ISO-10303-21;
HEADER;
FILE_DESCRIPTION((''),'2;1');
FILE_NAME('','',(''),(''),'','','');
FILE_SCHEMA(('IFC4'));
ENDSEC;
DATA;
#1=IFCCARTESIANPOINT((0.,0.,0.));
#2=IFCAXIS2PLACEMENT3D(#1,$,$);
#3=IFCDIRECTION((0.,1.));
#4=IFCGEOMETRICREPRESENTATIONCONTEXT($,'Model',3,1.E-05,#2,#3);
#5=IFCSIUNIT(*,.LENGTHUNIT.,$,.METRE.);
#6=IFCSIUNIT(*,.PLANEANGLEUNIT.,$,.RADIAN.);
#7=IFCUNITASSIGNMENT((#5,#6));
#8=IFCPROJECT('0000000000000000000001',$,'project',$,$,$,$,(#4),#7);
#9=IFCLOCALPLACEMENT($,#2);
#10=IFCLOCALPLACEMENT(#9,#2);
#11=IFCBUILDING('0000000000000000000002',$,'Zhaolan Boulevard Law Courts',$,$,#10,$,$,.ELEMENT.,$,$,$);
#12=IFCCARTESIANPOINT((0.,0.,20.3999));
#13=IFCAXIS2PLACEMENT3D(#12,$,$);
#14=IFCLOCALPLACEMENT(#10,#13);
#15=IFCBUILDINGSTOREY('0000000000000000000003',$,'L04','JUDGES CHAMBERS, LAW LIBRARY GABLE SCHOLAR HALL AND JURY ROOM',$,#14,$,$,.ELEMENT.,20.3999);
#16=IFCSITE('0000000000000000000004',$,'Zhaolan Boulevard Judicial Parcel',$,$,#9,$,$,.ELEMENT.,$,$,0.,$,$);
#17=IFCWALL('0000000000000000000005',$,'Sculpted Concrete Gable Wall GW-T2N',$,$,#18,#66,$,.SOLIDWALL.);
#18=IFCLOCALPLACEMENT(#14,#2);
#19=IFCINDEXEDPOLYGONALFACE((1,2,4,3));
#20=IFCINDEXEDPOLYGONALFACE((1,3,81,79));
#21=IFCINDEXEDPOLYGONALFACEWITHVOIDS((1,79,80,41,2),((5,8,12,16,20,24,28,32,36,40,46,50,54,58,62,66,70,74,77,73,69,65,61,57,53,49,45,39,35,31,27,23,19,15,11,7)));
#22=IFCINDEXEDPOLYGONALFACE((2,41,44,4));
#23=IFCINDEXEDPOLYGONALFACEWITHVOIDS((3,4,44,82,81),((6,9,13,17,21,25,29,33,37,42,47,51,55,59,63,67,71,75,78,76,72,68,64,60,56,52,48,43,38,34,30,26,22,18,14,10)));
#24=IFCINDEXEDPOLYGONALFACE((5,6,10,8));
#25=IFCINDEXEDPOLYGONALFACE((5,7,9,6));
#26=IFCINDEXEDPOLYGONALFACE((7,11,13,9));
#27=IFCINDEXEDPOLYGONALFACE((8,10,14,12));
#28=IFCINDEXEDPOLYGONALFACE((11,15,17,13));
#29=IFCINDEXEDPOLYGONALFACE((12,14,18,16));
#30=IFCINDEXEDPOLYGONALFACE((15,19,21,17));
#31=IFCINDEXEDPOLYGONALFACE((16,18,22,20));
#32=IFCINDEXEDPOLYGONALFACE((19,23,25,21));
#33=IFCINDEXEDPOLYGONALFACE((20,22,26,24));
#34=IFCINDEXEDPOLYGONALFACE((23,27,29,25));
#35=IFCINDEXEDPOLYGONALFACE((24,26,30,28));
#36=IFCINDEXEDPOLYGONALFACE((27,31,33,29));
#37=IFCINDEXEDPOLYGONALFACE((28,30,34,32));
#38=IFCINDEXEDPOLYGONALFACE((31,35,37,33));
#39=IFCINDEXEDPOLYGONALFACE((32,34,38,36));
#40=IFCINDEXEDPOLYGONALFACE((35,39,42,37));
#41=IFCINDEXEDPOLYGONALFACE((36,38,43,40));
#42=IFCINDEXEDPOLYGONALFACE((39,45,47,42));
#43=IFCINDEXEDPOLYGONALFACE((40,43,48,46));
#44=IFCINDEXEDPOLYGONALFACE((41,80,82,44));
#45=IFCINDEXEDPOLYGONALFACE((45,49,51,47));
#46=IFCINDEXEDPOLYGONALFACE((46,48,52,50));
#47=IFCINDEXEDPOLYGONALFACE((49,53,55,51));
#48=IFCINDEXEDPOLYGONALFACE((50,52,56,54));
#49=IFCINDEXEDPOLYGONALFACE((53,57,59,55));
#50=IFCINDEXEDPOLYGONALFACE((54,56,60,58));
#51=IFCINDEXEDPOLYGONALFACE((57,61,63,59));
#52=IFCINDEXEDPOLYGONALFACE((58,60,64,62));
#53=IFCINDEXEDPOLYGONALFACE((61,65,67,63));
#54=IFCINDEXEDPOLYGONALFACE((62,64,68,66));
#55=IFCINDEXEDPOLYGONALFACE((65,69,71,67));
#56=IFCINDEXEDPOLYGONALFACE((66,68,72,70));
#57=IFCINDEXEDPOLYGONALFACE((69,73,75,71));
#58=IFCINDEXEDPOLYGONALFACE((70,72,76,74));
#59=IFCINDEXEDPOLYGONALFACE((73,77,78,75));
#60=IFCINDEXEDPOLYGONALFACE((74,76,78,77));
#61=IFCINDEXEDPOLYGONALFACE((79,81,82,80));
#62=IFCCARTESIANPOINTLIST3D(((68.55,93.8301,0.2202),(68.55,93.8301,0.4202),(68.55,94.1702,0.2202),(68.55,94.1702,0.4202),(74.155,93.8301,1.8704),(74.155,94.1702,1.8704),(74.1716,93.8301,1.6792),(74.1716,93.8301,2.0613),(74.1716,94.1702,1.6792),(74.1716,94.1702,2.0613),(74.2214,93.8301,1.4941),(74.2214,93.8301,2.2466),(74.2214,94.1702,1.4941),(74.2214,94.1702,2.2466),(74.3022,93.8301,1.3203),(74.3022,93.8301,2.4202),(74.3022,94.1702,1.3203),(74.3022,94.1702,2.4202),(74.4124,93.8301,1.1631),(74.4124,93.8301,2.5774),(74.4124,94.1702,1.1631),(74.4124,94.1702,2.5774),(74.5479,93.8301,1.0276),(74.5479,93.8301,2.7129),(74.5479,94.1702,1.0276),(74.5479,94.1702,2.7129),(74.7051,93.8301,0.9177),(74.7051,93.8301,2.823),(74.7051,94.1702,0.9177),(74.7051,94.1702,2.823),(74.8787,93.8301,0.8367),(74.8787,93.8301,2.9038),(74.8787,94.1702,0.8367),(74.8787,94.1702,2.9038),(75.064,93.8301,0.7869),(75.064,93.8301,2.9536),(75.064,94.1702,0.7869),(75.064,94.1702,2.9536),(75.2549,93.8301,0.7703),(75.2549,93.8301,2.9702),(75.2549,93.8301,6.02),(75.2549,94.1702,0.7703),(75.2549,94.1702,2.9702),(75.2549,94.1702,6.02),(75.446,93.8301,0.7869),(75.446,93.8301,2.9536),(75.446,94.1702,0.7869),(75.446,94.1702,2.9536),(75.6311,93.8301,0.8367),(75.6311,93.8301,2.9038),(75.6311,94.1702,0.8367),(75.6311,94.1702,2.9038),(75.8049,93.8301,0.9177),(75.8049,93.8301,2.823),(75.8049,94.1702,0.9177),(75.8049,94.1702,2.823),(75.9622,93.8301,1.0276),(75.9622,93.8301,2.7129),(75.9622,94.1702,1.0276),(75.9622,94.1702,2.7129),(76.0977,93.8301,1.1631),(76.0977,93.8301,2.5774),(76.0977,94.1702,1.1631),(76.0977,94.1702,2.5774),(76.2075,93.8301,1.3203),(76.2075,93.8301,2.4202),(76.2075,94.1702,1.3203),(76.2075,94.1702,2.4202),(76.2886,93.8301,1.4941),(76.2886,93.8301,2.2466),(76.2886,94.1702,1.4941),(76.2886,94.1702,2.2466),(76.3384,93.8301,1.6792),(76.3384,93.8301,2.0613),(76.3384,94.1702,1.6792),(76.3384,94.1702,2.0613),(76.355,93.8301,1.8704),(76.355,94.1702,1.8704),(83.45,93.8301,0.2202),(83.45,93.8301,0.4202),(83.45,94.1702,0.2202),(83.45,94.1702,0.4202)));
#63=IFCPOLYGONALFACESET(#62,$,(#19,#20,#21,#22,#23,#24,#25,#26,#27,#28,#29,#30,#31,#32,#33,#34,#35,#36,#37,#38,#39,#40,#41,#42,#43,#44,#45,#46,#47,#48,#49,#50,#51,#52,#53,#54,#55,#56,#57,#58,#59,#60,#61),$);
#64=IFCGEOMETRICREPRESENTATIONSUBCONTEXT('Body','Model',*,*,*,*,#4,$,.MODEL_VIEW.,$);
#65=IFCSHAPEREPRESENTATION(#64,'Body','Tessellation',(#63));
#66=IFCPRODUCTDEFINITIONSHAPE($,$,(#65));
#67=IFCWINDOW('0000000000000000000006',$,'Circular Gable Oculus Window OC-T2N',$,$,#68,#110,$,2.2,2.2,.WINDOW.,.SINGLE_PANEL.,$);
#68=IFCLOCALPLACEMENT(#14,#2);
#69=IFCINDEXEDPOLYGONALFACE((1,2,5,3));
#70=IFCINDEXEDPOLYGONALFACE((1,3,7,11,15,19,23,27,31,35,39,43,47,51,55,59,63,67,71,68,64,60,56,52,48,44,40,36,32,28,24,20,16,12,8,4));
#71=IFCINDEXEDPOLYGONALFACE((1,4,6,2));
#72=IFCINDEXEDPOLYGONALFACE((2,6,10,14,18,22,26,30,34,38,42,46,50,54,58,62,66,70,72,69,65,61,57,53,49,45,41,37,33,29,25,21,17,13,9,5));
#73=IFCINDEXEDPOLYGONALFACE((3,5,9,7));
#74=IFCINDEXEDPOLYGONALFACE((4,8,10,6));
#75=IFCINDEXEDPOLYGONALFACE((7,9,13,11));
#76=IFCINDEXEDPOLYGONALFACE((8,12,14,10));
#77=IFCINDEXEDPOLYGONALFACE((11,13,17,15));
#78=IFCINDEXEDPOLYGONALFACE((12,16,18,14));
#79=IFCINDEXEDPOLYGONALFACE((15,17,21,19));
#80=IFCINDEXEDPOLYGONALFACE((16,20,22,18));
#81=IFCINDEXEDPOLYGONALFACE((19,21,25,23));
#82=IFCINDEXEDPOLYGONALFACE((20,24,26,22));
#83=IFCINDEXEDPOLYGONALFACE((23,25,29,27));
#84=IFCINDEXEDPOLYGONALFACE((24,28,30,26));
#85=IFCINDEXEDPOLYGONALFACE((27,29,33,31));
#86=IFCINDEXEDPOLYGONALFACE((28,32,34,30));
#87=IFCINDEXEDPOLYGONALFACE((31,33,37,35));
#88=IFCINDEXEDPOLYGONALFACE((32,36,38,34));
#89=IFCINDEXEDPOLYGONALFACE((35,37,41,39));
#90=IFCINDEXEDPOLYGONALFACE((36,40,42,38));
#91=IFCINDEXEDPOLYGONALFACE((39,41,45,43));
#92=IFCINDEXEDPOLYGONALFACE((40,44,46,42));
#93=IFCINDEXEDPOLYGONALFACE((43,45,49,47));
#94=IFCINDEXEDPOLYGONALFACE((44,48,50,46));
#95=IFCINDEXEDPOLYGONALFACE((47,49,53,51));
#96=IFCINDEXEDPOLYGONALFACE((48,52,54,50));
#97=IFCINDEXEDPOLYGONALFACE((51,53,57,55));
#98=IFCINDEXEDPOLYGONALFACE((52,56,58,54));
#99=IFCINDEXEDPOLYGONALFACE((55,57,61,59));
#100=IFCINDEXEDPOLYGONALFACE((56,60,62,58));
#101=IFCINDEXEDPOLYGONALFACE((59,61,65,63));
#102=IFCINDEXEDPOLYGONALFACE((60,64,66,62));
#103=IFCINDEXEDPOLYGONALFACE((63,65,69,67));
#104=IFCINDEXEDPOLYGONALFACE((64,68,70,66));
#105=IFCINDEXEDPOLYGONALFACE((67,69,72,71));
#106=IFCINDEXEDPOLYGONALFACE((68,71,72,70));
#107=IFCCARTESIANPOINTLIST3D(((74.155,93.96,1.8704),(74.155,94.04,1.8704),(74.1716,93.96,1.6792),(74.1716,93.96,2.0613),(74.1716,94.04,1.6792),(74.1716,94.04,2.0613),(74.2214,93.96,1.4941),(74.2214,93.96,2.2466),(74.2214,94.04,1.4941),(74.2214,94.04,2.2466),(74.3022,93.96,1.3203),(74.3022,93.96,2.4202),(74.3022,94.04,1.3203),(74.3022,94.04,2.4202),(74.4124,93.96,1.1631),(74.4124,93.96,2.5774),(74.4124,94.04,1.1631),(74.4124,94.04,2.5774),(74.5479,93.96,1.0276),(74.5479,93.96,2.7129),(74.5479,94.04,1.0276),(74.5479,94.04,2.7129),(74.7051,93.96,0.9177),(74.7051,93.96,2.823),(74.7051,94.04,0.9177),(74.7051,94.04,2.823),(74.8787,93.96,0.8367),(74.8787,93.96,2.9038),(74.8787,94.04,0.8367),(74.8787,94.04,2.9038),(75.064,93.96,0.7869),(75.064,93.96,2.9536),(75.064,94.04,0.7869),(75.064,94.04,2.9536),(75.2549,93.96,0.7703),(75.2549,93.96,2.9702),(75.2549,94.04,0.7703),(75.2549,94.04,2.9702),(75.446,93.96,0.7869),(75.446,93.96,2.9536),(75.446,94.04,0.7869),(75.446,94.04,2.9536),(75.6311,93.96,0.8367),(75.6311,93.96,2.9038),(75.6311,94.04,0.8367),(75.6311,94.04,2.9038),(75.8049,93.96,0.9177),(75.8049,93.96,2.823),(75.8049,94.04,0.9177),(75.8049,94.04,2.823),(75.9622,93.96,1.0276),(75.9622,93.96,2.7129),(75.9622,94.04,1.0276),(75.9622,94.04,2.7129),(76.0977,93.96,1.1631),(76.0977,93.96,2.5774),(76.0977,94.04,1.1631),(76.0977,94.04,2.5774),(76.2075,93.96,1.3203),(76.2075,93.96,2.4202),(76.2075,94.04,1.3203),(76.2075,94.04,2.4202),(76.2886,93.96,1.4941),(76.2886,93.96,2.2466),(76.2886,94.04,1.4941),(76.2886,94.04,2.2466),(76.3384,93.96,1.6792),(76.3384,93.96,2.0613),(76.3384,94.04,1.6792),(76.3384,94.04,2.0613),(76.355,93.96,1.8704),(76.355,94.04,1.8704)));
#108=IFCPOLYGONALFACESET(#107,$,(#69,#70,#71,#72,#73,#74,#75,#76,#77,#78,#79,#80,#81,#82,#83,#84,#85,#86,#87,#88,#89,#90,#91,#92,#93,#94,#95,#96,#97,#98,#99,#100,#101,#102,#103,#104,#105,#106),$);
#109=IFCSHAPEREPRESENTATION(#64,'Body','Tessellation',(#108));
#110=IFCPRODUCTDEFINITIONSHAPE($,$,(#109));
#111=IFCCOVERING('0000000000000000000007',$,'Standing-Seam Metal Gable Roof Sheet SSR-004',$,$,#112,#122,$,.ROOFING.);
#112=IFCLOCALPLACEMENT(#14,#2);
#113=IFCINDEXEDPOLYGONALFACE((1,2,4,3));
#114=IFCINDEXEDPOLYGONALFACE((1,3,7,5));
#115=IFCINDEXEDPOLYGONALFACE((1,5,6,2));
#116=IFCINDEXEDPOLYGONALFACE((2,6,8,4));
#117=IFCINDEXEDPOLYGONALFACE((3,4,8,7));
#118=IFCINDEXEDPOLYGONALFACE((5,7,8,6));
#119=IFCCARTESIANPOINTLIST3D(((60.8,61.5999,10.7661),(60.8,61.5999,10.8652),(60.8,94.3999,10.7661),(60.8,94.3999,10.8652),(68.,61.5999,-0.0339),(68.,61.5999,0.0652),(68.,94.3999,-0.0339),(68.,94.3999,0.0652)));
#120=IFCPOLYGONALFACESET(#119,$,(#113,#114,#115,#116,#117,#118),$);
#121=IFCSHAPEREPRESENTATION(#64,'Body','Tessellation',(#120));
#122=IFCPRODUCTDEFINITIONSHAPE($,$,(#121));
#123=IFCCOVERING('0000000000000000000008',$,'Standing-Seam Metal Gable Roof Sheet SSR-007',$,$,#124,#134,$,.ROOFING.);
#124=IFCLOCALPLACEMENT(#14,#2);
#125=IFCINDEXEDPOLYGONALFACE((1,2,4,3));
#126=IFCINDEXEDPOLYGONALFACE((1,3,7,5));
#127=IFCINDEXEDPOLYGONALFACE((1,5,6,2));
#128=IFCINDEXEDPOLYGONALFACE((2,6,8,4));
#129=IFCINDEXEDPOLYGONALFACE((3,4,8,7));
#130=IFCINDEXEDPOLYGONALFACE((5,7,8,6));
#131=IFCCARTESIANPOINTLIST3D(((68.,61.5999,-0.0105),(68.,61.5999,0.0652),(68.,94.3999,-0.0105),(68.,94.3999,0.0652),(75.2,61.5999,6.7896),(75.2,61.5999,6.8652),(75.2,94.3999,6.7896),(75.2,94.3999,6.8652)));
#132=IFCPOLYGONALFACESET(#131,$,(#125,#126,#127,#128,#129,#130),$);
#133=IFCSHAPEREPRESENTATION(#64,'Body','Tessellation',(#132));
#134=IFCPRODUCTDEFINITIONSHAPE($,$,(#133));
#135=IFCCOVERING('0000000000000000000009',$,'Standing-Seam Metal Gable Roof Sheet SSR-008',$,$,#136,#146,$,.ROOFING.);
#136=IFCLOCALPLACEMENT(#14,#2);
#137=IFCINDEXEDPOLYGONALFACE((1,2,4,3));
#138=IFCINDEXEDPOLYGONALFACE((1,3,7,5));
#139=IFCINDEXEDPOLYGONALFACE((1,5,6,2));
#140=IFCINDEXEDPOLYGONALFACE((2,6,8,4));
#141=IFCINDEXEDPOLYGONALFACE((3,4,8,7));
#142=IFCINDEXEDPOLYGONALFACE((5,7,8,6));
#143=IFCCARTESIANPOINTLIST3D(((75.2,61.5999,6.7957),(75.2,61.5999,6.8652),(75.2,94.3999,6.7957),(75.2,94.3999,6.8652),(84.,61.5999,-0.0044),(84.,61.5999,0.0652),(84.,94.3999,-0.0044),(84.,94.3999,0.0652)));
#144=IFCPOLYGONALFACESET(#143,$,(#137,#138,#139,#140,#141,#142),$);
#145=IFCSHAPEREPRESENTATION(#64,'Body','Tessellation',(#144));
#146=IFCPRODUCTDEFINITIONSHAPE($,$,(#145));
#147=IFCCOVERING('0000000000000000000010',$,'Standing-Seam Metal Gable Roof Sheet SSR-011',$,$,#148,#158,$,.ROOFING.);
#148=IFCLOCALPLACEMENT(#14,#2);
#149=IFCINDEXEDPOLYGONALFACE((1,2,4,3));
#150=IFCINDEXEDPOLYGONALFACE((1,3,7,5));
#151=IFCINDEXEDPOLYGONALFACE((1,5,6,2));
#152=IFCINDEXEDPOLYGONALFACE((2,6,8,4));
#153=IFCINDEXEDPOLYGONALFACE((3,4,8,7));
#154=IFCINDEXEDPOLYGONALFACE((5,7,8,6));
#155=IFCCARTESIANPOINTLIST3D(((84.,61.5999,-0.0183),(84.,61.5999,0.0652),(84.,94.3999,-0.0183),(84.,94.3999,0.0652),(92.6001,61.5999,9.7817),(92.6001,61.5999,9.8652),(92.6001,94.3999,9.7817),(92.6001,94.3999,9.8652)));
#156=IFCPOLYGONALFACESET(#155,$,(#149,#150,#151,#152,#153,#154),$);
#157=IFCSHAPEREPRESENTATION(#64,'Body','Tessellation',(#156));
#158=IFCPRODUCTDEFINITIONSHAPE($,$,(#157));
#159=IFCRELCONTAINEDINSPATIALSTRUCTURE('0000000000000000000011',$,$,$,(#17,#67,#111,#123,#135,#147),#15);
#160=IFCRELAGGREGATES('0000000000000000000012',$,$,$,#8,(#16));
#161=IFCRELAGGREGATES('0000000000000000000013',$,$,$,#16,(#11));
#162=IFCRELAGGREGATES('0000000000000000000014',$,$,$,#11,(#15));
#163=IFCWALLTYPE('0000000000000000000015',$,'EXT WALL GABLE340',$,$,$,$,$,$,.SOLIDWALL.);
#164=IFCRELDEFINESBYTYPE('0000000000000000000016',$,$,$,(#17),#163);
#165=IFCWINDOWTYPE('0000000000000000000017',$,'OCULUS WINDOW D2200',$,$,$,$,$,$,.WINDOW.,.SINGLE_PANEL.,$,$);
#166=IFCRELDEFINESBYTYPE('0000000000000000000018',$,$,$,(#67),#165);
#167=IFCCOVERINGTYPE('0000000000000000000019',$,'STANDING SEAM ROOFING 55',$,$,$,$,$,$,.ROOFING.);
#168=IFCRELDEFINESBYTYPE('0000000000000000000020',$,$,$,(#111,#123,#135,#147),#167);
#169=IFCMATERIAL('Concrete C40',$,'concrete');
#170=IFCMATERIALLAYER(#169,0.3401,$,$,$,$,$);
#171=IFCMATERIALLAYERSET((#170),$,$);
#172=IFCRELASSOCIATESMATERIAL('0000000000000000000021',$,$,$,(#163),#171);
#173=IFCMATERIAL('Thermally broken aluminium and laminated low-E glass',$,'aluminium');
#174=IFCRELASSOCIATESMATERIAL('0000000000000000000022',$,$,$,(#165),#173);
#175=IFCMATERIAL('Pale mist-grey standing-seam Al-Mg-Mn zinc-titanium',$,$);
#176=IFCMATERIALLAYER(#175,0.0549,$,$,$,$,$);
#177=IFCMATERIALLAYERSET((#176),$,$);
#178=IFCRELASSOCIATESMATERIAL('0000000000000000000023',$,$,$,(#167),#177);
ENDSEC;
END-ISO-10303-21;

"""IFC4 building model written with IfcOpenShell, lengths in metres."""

from ifc_helpers import new_model, si_unit, direction, frame, origin, place, context, subcontext, project, spatial, polyline, outline, extrude, material, layer, layer_set, type_object, element, fill, save


model = new_model("IFC4")

# Units and contexts
model_context = context("Model", 3, precision=1e-05, world=origin(), true_north=direction((0.0, 1.0)))
body_context = subcontext(model_context, "Body", "Model", "MODEL_VIEW")
ifc_project = project(units=[si_unit("LENGTHUNIT", "METRE"), si_unit("PLANEANGLEUNIT", "RADIAN")], contexts=[model_context])

# Site, building, storey
site_placement = place(None, origin())
site = spatial("IfcSite", under=ifc_project, at=site_placement, Name="Zhaolan Boulevard Judicial Parcel", CompositionType="ELEMENT", RefElevation=0.0)
building_placement = place(site_placement, origin())
building = spatial("IfcBuilding", under=site, at=building_placement, Name="Zhaolan Boulevard Law Courts", CompositionType="ELEMENT")
storey_placement = place(building_placement, frame((0.0, 0.0, 20.3999)))
storey = spatial("IfcBuildingStorey", under=building, at=storey_placement, Name="L04", Description="JUDGES CHAMBERS, LAW LIBRARY GABLE SCHOLAR HALL AND JURY ROOM", CompositionType="ELEMENT", Elevation=20.3999)

# Wall, opening, window
ifc_material_1 = material(Name="Concrete C40", Category="concrete")
ifc_layer_1 = layer(ifc_material_1, 0.3401)
ifc_layer_set_1 = layer_set([ifc_layer_1])
wall_type = type_object("IfcWallType", Name="EXT WALL GABLE340", PredefinedType="SOLIDWALL", material=ifc_layer_set_1)
wall_1_placement = place(storey_placement, frame((83.45, 94.0, 0.2202), z_axis=(0.0, 0.0, 1.0), x_axis=(-1.0, 0.0, 0.0)))
wall_1 = element("IfcWall", 1, at=wall_1_placement, inside=storey, type_object=wall_type, Name="Sculpted Concrete Gable Wall GW-T2N", PredefinedType="SOLIDWALL", context=body_context, shape_type="SweptSolid", body=[
    extrude(outline(polyline([(0.0, 0.0), (14.8999, 0.0), (14.8999, 0.2), (8.1951, 5.7998), (0.0, 0.2), (0.0, 0.0)])), frame((0.0, 0.1699, 0.0), z_axis=(0.0, -1.0, 0.0), x_axis=(1.0, 0.0, 0.0)), (0.0, 0.0, 1.0), 0.3401),
])
opening_1_placement = place(wall_1_placement, frame((7.095, 0.0, 0.55)))
opening_1 = element("IfcOpeningElement", 2, at=opening_1_placement, cuts=wall_1, PredefinedType="OPENING", context=body_context, shape_type="SweptSolid", body=[
    extrude(outline(polyline([(2.2, 1.1001), (2.1833, 1.291), (2.1335, 1.4763), (2.0527, 1.6499), (1.9426, 1.8071), (1.8071, 1.9426), (1.6499, 2.0527), (1.4763, 2.1335), (1.291, 2.1833), (1.1001, 2.2), (0.9089, 2.1833), (0.7239, 2.1335), (0.55, 2.0527), (0.3928, 1.9426), (0.2573, 1.8071), (0.1475, 1.6499), (0.0664, 1.4763), (0.0166, 1.291), (0.0, 1.1001), (0.0166, 0.9089), (0.0664, 0.7239), (0.1475, 0.55), (0.2573, 0.3928), (0.3928, 0.2573), (0.55, 0.1475), (0.7239, 0.0664), (0.9089, 0.0166), (1.1001, 0.0), (1.291, 0.0166), (1.4763, 0.0664), (1.6499, 0.1475), (1.8071, 0.2573), (1.9426, 0.3928), (2.0527, 0.55), (2.1335, 0.7239), (2.1833, 0.9089), (2.2, 1.1001)])), frame((0.0, 0.1799, 0.0), z_axis=(0.0, -1.0, 0.0), x_axis=(1.0, 0.0, 0.0)), (0.0, 0.0, 1.0), 0.3601),
])
ifc_material_2 = material(Name="Thermally broken aluminium and laminated low-E glass", Category="aluminium")
window_type_1 = type_object("IfcWindowType", Name="OCULUS WINDOW D2200", PartitioningType="SINGLE_PANEL", PredefinedType="WINDOW", material=ifc_material_2)
window_1_placement = place(opening_1_placement, origin())
window_1 = element("IfcWindow", 3, at=window_1_placement, inside=storey, type_object=window_type_1, Name="Circular Gable Oculus Window OC-T2N", OverallHeight=2.2, OverallWidth=2.2, PartitioningType="SINGLE_PANEL", PredefinedType="WINDOW", context=body_context, shape_type="SweptSolid", body=[
    extrude(outline(polyline([(2.2, 1.1001), (2.1833, 1.291), (2.1335, 1.4763), (2.0527, 1.6499), (1.9426, 1.8071), (1.8071, 1.9426), (1.6499, 2.0527), (1.4763, 2.1335), (1.291, 2.1833), (1.1001, 2.2), (0.9089, 2.1833), (0.7239, 2.1335), (0.55, 2.0527), (0.3928, 1.9426), (0.2573, 1.8071), (0.1475, 1.6499), (0.0664, 1.4763), (0.0166, 1.291), (0.0, 1.1001), (0.0166, 0.9089), (0.0664, 0.7239), (0.1475, 0.55), (0.2573, 0.3928), (0.3928, 0.2573), (0.55, 0.1475), (0.7239, 0.0664), (0.9089, 0.0166), (1.1001, 0.0), (1.291, 0.0166), (1.4763, 0.0664), (1.6499, 0.1475), (1.8071, 0.2573), (1.9426, 0.3928), (2.0527, 0.55), (2.1335, 0.7239), (2.1833, 0.9089), (2.2, 1.1001)])), frame((0.0, 0.04, 0.0), z_axis=(0.0, -1.0, 0.0), x_axis=(1.0, 0.0, 0.0)), (0.0, 0.0, 1.0), 0.0801),
])
fill(opening_1, window_1)

# Coverings
ifc_material_3 = material(Name="Pale mist-grey standing-seam Al-Mg-Mn zinc-titanium")
ifc_layer_2 = layer(ifc_material_3, 0.0549)
ifc_layer_set_2 = layer_set([ifc_layer_2])
covering_type = type_object("IfcCoveringType", Name="STANDING SEAM ROOFING 55", PredefinedType="ROOFING", material=ifc_layer_set_2)
covering_1_placement = place(storey_placement, frame((60.8, 94.3999, 0.0652), z_axis=(0.0, -1.0, 0.0), x_axis=(1.0, 0.0, 0.0)))
element("IfcCovering", 4, at=covering_1_placement, inside=storey, type_object=covering_type, Name="Standing-Seam Metal Gable Roof Sheet SSR-004", PredefinedType="ROOFING", context=body_context, shape_type="SweptSolid", body=[
    extrude(outline(polyline([(0.0, 10.8), (7.2, 0.0), (7.2, -0.0991), (0.0, 10.7009), (0.0, 10.8)])), origin(), (0.0, 0.0, 1.0), 32.8),
])
covering_2_placement = place(storey_placement, frame((68.0, 94.3999, 0.0652), z_axis=(0.0, -1.0, 0.0), x_axis=(1.0, 0.0, 0.0)))
element("IfcCovering", 5, at=covering_2_placement, inside=storey, type_object=covering_type, Name="Standing-Seam Metal Gable Roof Sheet SSR-007", PredefinedType="ROOFING", context=body_context, shape_type="SweptSolid", body=[
    extrude(outline(polyline([(0.0, 0.0), (7.2, 6.8), (7.2, 6.7244), (0.0, -0.0757), (0.0, 0.0)])), origin(), (0.0, 0.0, 1.0), 32.8),
])
covering_3_placement = place(storey_placement, frame((75.2, 94.3999, 0.0652), z_axis=(0.0, -1.0, 0.0), x_axis=(1.0, 0.0, 0.0)))
element("IfcCovering", 6, at=covering_3_placement, inside=storey, type_object=covering_type, Name="Standing-Seam Metal Gable Roof Sheet SSR-008", PredefinedType="ROOFING", context=body_context, shape_type="SweptSolid", body=[
    extrude(outline(polyline([(0.0, 6.8), (8.8, 0.0), (8.8, -0.0696), (0.0, 6.7305), (0.0, 6.8)])), origin(), (0.0, 0.0, 1.0), 32.8),
])
covering_4_placement = place(storey_placement, frame((84.0, 94.3999, 0.0652), z_axis=(0.0, -1.0, 0.0), x_axis=(1.0, 0.0, 0.0)))
element("IfcCovering", 7, at=covering_4_placement, inside=storey, type_object=covering_type, Name="Standing-Seam Metal Gable Roof Sheet SSR-011", PredefinedType="ROOFING", context=body_context, shape_type="SweptSolid", body=[
    extrude(outline(polyline([(0.0, 0.0), (8.6001, 9.8), (8.6001, 9.7166), (0.0, -0.0835), (0.0, 0.0)])), origin(), (0.0, 0.0, 1.0), 32.8),
])

save(model, "model.ifc")
